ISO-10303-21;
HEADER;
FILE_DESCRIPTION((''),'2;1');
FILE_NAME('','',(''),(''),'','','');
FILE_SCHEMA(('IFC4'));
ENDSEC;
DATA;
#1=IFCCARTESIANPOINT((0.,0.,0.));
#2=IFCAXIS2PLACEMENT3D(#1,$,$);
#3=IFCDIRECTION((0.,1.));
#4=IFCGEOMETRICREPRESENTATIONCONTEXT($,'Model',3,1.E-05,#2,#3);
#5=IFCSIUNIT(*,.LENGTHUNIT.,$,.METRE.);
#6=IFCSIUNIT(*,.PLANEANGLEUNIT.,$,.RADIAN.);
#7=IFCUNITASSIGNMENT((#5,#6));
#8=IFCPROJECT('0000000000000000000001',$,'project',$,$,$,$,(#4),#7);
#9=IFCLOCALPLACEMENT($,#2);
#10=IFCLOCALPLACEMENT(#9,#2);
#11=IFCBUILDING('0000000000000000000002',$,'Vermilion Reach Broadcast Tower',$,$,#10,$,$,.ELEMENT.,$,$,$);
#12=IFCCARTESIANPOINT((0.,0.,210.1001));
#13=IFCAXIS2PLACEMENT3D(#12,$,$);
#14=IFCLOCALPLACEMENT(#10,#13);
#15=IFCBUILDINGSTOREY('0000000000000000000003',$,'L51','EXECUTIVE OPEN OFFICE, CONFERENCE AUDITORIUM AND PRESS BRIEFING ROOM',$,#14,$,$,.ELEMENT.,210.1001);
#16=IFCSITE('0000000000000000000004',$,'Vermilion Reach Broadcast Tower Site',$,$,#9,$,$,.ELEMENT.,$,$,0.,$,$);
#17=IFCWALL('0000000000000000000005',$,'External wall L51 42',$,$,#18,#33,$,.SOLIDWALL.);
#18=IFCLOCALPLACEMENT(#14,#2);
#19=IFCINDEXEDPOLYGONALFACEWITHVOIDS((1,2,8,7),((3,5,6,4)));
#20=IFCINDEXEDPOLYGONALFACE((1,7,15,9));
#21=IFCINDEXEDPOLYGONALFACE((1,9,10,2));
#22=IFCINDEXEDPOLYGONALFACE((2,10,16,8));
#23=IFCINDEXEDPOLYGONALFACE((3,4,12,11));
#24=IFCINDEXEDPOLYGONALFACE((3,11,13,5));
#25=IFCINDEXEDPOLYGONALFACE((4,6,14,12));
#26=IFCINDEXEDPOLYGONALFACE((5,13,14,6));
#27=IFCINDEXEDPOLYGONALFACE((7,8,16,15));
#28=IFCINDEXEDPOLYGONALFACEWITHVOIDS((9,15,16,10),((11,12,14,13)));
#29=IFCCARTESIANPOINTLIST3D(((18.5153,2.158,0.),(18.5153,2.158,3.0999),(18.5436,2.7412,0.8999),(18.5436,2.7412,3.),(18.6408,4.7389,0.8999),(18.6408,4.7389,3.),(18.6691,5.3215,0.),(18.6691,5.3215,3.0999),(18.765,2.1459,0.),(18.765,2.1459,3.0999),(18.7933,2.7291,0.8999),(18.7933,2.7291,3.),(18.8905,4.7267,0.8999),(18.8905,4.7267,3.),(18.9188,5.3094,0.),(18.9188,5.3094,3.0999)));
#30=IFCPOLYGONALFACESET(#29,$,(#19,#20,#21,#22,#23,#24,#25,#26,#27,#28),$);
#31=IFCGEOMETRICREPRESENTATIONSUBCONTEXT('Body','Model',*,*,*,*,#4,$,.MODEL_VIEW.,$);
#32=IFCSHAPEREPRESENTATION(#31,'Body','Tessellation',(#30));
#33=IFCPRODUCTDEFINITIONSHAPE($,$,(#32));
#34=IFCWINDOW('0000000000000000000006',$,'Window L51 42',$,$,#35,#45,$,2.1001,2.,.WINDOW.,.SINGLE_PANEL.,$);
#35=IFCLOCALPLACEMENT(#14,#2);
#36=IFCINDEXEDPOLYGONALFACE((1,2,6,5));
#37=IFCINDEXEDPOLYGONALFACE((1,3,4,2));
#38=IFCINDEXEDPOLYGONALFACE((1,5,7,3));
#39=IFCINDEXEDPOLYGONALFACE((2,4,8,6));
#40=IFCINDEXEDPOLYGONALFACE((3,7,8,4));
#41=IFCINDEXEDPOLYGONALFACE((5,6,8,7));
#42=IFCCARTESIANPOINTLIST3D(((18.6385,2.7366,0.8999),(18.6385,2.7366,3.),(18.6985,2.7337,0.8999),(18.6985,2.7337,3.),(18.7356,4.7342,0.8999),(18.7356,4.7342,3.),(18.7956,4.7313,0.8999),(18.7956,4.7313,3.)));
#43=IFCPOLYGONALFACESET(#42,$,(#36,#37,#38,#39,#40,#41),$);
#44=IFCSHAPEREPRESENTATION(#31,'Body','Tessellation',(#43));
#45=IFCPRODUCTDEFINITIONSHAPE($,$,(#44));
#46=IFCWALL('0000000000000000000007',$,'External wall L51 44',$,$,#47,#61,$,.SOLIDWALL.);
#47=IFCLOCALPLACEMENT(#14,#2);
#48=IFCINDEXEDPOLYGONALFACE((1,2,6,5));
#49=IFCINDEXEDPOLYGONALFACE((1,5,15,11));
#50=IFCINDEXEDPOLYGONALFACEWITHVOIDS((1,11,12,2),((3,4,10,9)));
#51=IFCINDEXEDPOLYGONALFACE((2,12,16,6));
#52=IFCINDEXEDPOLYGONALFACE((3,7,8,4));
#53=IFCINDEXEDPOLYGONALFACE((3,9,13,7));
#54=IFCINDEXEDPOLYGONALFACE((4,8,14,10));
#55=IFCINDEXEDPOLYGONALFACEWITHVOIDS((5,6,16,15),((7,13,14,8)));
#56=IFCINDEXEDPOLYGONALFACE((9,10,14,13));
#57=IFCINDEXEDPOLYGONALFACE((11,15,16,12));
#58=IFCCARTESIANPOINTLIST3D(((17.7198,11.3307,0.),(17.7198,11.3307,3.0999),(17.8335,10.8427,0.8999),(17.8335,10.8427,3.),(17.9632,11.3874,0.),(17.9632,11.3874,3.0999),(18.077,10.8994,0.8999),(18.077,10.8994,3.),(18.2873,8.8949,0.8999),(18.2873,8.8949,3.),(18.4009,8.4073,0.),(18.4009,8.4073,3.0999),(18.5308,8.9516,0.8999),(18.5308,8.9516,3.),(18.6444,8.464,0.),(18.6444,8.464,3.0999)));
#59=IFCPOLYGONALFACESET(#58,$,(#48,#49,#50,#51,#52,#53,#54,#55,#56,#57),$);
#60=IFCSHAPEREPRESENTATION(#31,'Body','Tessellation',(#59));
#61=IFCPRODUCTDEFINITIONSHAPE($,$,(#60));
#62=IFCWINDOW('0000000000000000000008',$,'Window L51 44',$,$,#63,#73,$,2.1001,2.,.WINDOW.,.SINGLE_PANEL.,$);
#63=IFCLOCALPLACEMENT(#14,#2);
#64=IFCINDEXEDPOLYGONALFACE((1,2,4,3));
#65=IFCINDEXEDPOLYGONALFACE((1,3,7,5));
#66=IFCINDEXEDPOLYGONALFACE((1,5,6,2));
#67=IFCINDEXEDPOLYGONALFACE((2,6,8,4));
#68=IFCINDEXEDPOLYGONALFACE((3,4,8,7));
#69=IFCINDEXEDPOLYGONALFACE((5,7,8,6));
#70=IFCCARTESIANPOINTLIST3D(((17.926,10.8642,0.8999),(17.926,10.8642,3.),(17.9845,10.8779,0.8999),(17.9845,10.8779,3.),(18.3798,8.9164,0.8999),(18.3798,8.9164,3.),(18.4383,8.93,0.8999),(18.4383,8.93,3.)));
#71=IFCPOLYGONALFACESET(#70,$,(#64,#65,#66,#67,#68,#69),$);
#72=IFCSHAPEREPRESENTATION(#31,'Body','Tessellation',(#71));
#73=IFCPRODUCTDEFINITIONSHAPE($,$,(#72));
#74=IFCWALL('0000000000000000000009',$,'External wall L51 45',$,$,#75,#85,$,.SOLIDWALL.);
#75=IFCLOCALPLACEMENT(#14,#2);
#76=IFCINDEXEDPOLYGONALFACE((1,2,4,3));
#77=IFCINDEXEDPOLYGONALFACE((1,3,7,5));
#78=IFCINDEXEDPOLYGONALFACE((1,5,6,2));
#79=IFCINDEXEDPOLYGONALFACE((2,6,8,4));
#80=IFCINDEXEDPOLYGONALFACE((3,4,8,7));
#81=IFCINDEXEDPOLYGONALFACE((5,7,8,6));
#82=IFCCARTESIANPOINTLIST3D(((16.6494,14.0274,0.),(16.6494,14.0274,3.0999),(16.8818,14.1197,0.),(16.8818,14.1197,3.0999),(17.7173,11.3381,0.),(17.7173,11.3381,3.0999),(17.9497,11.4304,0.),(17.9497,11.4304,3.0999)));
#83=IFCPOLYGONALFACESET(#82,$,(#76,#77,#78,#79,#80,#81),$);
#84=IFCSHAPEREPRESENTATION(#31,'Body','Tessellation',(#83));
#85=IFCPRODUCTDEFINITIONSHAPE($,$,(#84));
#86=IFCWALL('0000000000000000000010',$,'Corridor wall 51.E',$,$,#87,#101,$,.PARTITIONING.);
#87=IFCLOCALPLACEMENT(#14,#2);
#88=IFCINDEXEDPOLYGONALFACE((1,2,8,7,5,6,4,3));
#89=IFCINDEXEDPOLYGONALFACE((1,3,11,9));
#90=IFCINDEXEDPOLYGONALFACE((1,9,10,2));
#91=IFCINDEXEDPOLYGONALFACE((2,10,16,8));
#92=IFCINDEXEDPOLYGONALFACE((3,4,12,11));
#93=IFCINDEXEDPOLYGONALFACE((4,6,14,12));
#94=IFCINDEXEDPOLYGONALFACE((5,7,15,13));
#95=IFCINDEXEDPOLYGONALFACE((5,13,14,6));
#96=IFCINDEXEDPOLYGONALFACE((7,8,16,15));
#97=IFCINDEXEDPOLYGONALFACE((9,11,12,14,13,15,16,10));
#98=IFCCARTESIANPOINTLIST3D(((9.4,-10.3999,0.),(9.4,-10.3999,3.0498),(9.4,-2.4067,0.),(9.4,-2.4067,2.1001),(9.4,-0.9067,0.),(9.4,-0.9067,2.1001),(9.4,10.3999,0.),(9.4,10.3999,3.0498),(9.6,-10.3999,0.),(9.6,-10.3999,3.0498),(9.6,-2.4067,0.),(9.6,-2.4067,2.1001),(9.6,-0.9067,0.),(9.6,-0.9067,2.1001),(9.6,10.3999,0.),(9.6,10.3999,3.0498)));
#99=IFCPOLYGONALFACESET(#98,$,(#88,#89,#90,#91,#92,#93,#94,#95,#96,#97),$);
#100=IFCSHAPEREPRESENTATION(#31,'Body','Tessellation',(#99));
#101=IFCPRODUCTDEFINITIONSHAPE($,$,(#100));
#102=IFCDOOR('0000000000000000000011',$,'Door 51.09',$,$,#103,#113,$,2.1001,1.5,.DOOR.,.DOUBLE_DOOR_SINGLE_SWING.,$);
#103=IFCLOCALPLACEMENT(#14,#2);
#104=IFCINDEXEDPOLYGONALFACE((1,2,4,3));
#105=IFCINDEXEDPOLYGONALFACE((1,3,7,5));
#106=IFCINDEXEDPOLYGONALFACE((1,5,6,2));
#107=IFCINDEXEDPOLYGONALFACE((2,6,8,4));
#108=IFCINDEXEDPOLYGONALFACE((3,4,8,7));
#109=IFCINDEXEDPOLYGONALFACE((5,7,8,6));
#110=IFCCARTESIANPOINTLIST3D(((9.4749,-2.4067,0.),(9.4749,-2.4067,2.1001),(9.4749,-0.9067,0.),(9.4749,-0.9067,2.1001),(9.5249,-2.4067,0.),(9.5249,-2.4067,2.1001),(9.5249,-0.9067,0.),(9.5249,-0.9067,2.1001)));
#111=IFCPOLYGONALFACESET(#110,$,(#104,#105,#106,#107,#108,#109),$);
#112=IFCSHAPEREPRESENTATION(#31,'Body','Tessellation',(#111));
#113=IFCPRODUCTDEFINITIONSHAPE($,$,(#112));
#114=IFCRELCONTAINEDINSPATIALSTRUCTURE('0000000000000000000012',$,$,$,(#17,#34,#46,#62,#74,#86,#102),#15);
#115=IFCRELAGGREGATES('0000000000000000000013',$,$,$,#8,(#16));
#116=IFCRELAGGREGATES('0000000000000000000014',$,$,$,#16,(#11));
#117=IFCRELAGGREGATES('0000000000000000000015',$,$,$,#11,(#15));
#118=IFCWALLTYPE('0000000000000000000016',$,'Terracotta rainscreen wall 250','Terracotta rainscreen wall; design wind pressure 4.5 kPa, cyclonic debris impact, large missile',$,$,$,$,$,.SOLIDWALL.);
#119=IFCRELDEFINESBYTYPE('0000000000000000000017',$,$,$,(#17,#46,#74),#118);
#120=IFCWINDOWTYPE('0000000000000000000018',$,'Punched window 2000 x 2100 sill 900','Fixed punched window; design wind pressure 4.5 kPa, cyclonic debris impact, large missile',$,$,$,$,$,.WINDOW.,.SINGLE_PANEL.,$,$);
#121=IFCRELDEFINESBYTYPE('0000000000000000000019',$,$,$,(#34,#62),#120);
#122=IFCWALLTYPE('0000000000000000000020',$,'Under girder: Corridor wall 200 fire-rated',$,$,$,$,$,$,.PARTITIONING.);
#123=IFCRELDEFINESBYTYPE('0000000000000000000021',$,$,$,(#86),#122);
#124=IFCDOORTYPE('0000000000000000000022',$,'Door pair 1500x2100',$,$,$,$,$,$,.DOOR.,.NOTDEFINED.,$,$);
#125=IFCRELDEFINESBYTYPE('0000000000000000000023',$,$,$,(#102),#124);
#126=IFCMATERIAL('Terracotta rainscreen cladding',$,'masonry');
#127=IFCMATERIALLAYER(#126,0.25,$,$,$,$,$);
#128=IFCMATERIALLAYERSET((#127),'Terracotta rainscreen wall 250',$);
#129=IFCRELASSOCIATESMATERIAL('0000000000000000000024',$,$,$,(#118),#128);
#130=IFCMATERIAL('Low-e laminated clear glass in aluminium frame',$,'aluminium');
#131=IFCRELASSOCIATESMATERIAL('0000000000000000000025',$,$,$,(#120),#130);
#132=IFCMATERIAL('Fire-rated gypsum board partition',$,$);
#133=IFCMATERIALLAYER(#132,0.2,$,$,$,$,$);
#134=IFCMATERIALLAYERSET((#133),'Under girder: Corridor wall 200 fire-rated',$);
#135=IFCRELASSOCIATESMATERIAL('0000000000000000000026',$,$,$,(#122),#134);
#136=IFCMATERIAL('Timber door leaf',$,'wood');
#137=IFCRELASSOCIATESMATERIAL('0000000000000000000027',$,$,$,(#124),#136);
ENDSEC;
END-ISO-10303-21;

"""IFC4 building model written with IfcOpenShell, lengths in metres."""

from ifc_helpers import new_model, si_unit, direction, frame, frame_2d, origin, place, context, subcontext, project, spatial, rectangle, extrude, material, layer, layer_set, type_object, element, fill, save


model = new_model("IFC4")

# Units and contexts
model_context = context("Model", 3, precision=1e-05, world=origin(), true_north=direction((0.0, 1.0)))
body_context = subcontext(model_context, "Body", "Model", "MODEL_VIEW")
ifc_project = project(units=[si_unit("LENGTHUNIT", "METRE"), si_unit("PLANEANGLEUNIT", "RADIAN")], contexts=[model_context])

# Site, building, storey
site_placement = place(None, origin())
site = spatial("IfcSite", under=ifc_project, at=site_placement, Name="Vermilion Reach Broadcast Tower Site", CompositionType="ELEMENT", RefElevation=0.0)
building_placement = place(site_placement, origin())
building = spatial("IfcBuilding", under=site, at=building_placement, Name="Vermilion Reach Broadcast Tower", CompositionType="ELEMENT")
storey_placement = place(building_placement, frame((0.0, 0.0, 210.1001)))
storey = spatial("IfcBuildingStorey", under=building, at=storey_placement, Name="L51", Description="EXECUTIVE OPEN OFFICE, CONFERENCE AUDITORIUM AND PRESS BRIEFING ROOM", CompositionType="ELEMENT", Elevation=210.1001)

# Wall, opening, window
ifc_material_1 = material(Name="Terracotta rainscreen cladding", Category="masonry")
ifc_layer_1 = layer(ifc_material_1, 0.25)
ifc_layer_set_1 = layer_set([ifc_layer_1], Name="Terracotta rainscreen wall 250")
wall_type_1 = type_object("IfcWallType", Name="Terracotta rainscreen wall 250", Description="Terracotta rainscreen wall; design wind pressure 4.5 kPa, cyclonic debris impact, large missile", PredefinedType="SOLIDWALL", material=ifc_layer_set_1)
wall_1_placement = place(storey_placement, frame((18.6401, 2.1521, 0.0), z_axis=(0.0, 0.0, 1.0), x_axis=(0.048561, 0.99882, 0.0)))
wall_1 = element("IfcWall", 1, at=wall_1_placement, inside=storey, type_object=wall_type_1, Name="External wall L51 42", PredefinedType="SOLIDWALL", context=body_context, shape_type="SweptSolid", body=[
    extrude(rectangle(XDim=3.1672, YDim=0.25, at=frame_2d((1.5835, 0.0))), origin(), (0.0, 0.0, 1.0), 3.0999),
])
opening_1_placement = place(wall_1_placement, frame((0.5837, 0.0, 0.8999)))
opening_1 = element("IfcOpeningElement", 2, at=opening_1_placement, cuts=wall_1, PredefinedType="OPENING", context=body_context, shape_type="SweptSolid", body=[
    extrude(rectangle(XDim=2.0, YDim=2.1001, at=frame_2d((1.0, 1.05))), frame((0.0, 0.135, 0.0), z_axis=(0.0, -1.0, 0.0), x_axis=(1.0, 0.0, 0.0)), (0.0, 0.0, 1.0), 0.27),
])
ifc_material_2 = material(Name="Low-e laminated clear glass in aluminium frame", Category="aluminium")
window_type = type_object("IfcWindowType", Name="Punched window 2000 x 2100 sill 900", Description="Fixed punched window; design wind pressure 4.5 kPa, cyclonic debris impact, large missile", PartitioningType="SINGLE_PANEL", PredefinedType="WINDOW", material=ifc_material_2)
window_1_placement = place(opening_1_placement, origin())
window_1 = element("IfcWindow", 3, at=window_1_placement, inside=storey, type_object=window_type, Name="Window L51 42", OverallHeight=2.1001, OverallWidth=2.0, PartitioningType="SINGLE_PANEL", PredefinedType="WINDOW", context=body_context, shape_type="SweptSolid", body=[
    extrude(rectangle(XDim=2.0, YDim=2.1001, at=frame_2d((1.0, 1.05))), frame((0.0, 0.03, 0.0), z_axis=(0.0, -1.0, 0.0), x_axis=(1.0, 0.0, 0.0)), (0.0, 0.0, 1.0), 0.0601),
])
fill(opening_1, window_1)

# Wall, opening, window
wall_2_placement = place(storey_placement, frame((18.5227, 8.4355, 0.0), z_axis=(0.0, 0.0, 1.0), x_axis=(-0.226926, 0.973912, 0.0)))
wall_2 = element("IfcWall", 4, at=wall_2_placement, inside=storey, type_object=wall_type_1, Name="External wall L51 44", PredefinedType="SOLIDWALL", context=body_context, shape_type="SweptSolid", body=[
    extrude(rectangle(XDim=3.0017, YDim=0.25, at=frame_2d((1.501, 0.0))), origin(), (0.0, 0.0, 1.0), 3.0999),
])
opening_2_placement = place(wall_2_placement, frame((0.5007, 0.0, 0.8999)))
opening_2 = element("IfcOpeningElement", 5, at=opening_2_placement, cuts=wall_2, PredefinedType="OPENING", context=body_context, shape_type="SweptSolid", body=[
    extrude(rectangle(XDim=2.0, YDim=2.1001, at=frame_2d((1.0, 1.05))), frame((0.0, 0.135, 0.0), z_axis=(0.0, -1.0, 0.0), x_axis=(1.0, 0.0, 0.0)), (0.0, 0.0, 1.0), 0.27),
])
window_2_placement = place(opening_2_placement, origin())
window_2 = element("IfcWindow", 6, at=window_2_placement, inside=storey, type_object=window_type, Name="Window L51 44", OverallHeight=2.1001, OverallWidth=2.0, PartitioningType="SINGLE_PANEL", PredefinedType="WINDOW", context=body_context, shape_type="SweptSolid", body=[
    extrude(rectangle(XDim=2.0, YDim=2.1001, at=frame_2d((1.0, 1.05))), frame((0.0, 0.03, 0.0), z_axis=(0.0, -1.0, 0.0), x_axis=(1.0, 0.0, 0.0)), (0.0, 0.0, 1.0), 0.0601),
])
fill(opening_2, window_2)

# Wall
wall_3_placement = place(storey_placement, frame((17.8335, 11.3843, 0.0), z_axis=(0.0, 0.0, 1.0), x_axis=(-0.369062, 0.929405, 0.0)))
element("IfcWall", 7, at=wall_3_placement, inside=storey, type_object=wall_type_1, Name="External wall L51 45", PredefinedType="SOLIDWALL", context=body_context, shape_type="SweptSolid", body=[
    extrude(rectangle(XDim=2.8936, YDim=0.25, at=frame_2d((1.4468, 0.0))), origin(), (0.0, 0.0, 1.0), 3.0999),
])

# Wall, opening, door
ifc_material_3 = material(Name="Fire-rated gypsum board partition")
ifc_layer_2 = layer(ifc_material_3, 0.2)
ifc_layer_set_2 = layer_set([ifc_layer_2], Name="Under girder: Corridor wall 200 fire-rated")
wall_type_2 = type_object("IfcWallType", Name="Under girder: Corridor wall 200 fire-rated", PredefinedType="PARTITIONING", material=ifc_layer_set_2)
wall_4_placement = place(storey_placement, frame((9.5, 10.3999, 0.0), z_axis=(0.0, 0.0, 1.0), x_axis=(0.0, -1.0, 0.0)))
wall_4 = element("IfcWall", 8, at=wall_4_placement, inside=storey, type_object=wall_type_2, Name="Corridor wall 51.E", PredefinedType="PARTITIONING", context=body_context, shape_type="SweptSolid", body=[
    extrude(rectangle(XDim=20.7998, YDim=0.2, at=frame_2d((10.3999, 0.0))), origin(), (0.0, 0.0, 1.0), 3.0498),
])
opening_3_placement = place(wall_4_placement, frame((11.3066, 0.0, 0.0)))
opening_3 = element("IfcOpeningElement", 9, at=opening_3_placement, cuts=wall_4, PredefinedType="OPENING", context=body_context, shape_type="SweptSolid", body=[
    extrude(rectangle(XDim=1.5, YDim=2.1001, at=frame_2d((0.75, 1.05))), frame((0.0, 0.1099, 0.0), z_axis=(0.0, -1.0, 0.0), x_axis=(1.0, 0.0, 0.0)), (0.0, 0.0, 1.0), 0.22),
])
ifc_material_4 = material(Name="Timber door leaf", Category="wood")
door_type_1 = type_object("IfcDoorType", Name="Door pair 1500x2100", OperationType="NOTDEFINED", PredefinedType="DOOR", material=ifc_material_4)
door_1_placement = place(opening_3_placement, origin())
door_1 = element("IfcDoor", 10, at=door_1_placement, inside=storey, type_object=door_type_1, Name="Door 51.09", OperationType="DOUBLE_DOOR_SINGLE_SWING", OverallHeight=2.1001, OverallWidth=1.5, PredefinedType="DOOR", context=body_context, shape_type="SweptSolid", body=[
    extrude(rectangle(XDim=1.5, YDim=2.1001, at=frame_2d((0.75, 1.05))), frame((0.0, 0.0249, 0.0), z_axis=(0.0, -1.0, 0.0), x_axis=(1.0, 0.0, 0.0)), (0.0, 0.0, 1.0), 0.05),
])
fill(opening_3, door_1)

save(model, "model.ifc")
